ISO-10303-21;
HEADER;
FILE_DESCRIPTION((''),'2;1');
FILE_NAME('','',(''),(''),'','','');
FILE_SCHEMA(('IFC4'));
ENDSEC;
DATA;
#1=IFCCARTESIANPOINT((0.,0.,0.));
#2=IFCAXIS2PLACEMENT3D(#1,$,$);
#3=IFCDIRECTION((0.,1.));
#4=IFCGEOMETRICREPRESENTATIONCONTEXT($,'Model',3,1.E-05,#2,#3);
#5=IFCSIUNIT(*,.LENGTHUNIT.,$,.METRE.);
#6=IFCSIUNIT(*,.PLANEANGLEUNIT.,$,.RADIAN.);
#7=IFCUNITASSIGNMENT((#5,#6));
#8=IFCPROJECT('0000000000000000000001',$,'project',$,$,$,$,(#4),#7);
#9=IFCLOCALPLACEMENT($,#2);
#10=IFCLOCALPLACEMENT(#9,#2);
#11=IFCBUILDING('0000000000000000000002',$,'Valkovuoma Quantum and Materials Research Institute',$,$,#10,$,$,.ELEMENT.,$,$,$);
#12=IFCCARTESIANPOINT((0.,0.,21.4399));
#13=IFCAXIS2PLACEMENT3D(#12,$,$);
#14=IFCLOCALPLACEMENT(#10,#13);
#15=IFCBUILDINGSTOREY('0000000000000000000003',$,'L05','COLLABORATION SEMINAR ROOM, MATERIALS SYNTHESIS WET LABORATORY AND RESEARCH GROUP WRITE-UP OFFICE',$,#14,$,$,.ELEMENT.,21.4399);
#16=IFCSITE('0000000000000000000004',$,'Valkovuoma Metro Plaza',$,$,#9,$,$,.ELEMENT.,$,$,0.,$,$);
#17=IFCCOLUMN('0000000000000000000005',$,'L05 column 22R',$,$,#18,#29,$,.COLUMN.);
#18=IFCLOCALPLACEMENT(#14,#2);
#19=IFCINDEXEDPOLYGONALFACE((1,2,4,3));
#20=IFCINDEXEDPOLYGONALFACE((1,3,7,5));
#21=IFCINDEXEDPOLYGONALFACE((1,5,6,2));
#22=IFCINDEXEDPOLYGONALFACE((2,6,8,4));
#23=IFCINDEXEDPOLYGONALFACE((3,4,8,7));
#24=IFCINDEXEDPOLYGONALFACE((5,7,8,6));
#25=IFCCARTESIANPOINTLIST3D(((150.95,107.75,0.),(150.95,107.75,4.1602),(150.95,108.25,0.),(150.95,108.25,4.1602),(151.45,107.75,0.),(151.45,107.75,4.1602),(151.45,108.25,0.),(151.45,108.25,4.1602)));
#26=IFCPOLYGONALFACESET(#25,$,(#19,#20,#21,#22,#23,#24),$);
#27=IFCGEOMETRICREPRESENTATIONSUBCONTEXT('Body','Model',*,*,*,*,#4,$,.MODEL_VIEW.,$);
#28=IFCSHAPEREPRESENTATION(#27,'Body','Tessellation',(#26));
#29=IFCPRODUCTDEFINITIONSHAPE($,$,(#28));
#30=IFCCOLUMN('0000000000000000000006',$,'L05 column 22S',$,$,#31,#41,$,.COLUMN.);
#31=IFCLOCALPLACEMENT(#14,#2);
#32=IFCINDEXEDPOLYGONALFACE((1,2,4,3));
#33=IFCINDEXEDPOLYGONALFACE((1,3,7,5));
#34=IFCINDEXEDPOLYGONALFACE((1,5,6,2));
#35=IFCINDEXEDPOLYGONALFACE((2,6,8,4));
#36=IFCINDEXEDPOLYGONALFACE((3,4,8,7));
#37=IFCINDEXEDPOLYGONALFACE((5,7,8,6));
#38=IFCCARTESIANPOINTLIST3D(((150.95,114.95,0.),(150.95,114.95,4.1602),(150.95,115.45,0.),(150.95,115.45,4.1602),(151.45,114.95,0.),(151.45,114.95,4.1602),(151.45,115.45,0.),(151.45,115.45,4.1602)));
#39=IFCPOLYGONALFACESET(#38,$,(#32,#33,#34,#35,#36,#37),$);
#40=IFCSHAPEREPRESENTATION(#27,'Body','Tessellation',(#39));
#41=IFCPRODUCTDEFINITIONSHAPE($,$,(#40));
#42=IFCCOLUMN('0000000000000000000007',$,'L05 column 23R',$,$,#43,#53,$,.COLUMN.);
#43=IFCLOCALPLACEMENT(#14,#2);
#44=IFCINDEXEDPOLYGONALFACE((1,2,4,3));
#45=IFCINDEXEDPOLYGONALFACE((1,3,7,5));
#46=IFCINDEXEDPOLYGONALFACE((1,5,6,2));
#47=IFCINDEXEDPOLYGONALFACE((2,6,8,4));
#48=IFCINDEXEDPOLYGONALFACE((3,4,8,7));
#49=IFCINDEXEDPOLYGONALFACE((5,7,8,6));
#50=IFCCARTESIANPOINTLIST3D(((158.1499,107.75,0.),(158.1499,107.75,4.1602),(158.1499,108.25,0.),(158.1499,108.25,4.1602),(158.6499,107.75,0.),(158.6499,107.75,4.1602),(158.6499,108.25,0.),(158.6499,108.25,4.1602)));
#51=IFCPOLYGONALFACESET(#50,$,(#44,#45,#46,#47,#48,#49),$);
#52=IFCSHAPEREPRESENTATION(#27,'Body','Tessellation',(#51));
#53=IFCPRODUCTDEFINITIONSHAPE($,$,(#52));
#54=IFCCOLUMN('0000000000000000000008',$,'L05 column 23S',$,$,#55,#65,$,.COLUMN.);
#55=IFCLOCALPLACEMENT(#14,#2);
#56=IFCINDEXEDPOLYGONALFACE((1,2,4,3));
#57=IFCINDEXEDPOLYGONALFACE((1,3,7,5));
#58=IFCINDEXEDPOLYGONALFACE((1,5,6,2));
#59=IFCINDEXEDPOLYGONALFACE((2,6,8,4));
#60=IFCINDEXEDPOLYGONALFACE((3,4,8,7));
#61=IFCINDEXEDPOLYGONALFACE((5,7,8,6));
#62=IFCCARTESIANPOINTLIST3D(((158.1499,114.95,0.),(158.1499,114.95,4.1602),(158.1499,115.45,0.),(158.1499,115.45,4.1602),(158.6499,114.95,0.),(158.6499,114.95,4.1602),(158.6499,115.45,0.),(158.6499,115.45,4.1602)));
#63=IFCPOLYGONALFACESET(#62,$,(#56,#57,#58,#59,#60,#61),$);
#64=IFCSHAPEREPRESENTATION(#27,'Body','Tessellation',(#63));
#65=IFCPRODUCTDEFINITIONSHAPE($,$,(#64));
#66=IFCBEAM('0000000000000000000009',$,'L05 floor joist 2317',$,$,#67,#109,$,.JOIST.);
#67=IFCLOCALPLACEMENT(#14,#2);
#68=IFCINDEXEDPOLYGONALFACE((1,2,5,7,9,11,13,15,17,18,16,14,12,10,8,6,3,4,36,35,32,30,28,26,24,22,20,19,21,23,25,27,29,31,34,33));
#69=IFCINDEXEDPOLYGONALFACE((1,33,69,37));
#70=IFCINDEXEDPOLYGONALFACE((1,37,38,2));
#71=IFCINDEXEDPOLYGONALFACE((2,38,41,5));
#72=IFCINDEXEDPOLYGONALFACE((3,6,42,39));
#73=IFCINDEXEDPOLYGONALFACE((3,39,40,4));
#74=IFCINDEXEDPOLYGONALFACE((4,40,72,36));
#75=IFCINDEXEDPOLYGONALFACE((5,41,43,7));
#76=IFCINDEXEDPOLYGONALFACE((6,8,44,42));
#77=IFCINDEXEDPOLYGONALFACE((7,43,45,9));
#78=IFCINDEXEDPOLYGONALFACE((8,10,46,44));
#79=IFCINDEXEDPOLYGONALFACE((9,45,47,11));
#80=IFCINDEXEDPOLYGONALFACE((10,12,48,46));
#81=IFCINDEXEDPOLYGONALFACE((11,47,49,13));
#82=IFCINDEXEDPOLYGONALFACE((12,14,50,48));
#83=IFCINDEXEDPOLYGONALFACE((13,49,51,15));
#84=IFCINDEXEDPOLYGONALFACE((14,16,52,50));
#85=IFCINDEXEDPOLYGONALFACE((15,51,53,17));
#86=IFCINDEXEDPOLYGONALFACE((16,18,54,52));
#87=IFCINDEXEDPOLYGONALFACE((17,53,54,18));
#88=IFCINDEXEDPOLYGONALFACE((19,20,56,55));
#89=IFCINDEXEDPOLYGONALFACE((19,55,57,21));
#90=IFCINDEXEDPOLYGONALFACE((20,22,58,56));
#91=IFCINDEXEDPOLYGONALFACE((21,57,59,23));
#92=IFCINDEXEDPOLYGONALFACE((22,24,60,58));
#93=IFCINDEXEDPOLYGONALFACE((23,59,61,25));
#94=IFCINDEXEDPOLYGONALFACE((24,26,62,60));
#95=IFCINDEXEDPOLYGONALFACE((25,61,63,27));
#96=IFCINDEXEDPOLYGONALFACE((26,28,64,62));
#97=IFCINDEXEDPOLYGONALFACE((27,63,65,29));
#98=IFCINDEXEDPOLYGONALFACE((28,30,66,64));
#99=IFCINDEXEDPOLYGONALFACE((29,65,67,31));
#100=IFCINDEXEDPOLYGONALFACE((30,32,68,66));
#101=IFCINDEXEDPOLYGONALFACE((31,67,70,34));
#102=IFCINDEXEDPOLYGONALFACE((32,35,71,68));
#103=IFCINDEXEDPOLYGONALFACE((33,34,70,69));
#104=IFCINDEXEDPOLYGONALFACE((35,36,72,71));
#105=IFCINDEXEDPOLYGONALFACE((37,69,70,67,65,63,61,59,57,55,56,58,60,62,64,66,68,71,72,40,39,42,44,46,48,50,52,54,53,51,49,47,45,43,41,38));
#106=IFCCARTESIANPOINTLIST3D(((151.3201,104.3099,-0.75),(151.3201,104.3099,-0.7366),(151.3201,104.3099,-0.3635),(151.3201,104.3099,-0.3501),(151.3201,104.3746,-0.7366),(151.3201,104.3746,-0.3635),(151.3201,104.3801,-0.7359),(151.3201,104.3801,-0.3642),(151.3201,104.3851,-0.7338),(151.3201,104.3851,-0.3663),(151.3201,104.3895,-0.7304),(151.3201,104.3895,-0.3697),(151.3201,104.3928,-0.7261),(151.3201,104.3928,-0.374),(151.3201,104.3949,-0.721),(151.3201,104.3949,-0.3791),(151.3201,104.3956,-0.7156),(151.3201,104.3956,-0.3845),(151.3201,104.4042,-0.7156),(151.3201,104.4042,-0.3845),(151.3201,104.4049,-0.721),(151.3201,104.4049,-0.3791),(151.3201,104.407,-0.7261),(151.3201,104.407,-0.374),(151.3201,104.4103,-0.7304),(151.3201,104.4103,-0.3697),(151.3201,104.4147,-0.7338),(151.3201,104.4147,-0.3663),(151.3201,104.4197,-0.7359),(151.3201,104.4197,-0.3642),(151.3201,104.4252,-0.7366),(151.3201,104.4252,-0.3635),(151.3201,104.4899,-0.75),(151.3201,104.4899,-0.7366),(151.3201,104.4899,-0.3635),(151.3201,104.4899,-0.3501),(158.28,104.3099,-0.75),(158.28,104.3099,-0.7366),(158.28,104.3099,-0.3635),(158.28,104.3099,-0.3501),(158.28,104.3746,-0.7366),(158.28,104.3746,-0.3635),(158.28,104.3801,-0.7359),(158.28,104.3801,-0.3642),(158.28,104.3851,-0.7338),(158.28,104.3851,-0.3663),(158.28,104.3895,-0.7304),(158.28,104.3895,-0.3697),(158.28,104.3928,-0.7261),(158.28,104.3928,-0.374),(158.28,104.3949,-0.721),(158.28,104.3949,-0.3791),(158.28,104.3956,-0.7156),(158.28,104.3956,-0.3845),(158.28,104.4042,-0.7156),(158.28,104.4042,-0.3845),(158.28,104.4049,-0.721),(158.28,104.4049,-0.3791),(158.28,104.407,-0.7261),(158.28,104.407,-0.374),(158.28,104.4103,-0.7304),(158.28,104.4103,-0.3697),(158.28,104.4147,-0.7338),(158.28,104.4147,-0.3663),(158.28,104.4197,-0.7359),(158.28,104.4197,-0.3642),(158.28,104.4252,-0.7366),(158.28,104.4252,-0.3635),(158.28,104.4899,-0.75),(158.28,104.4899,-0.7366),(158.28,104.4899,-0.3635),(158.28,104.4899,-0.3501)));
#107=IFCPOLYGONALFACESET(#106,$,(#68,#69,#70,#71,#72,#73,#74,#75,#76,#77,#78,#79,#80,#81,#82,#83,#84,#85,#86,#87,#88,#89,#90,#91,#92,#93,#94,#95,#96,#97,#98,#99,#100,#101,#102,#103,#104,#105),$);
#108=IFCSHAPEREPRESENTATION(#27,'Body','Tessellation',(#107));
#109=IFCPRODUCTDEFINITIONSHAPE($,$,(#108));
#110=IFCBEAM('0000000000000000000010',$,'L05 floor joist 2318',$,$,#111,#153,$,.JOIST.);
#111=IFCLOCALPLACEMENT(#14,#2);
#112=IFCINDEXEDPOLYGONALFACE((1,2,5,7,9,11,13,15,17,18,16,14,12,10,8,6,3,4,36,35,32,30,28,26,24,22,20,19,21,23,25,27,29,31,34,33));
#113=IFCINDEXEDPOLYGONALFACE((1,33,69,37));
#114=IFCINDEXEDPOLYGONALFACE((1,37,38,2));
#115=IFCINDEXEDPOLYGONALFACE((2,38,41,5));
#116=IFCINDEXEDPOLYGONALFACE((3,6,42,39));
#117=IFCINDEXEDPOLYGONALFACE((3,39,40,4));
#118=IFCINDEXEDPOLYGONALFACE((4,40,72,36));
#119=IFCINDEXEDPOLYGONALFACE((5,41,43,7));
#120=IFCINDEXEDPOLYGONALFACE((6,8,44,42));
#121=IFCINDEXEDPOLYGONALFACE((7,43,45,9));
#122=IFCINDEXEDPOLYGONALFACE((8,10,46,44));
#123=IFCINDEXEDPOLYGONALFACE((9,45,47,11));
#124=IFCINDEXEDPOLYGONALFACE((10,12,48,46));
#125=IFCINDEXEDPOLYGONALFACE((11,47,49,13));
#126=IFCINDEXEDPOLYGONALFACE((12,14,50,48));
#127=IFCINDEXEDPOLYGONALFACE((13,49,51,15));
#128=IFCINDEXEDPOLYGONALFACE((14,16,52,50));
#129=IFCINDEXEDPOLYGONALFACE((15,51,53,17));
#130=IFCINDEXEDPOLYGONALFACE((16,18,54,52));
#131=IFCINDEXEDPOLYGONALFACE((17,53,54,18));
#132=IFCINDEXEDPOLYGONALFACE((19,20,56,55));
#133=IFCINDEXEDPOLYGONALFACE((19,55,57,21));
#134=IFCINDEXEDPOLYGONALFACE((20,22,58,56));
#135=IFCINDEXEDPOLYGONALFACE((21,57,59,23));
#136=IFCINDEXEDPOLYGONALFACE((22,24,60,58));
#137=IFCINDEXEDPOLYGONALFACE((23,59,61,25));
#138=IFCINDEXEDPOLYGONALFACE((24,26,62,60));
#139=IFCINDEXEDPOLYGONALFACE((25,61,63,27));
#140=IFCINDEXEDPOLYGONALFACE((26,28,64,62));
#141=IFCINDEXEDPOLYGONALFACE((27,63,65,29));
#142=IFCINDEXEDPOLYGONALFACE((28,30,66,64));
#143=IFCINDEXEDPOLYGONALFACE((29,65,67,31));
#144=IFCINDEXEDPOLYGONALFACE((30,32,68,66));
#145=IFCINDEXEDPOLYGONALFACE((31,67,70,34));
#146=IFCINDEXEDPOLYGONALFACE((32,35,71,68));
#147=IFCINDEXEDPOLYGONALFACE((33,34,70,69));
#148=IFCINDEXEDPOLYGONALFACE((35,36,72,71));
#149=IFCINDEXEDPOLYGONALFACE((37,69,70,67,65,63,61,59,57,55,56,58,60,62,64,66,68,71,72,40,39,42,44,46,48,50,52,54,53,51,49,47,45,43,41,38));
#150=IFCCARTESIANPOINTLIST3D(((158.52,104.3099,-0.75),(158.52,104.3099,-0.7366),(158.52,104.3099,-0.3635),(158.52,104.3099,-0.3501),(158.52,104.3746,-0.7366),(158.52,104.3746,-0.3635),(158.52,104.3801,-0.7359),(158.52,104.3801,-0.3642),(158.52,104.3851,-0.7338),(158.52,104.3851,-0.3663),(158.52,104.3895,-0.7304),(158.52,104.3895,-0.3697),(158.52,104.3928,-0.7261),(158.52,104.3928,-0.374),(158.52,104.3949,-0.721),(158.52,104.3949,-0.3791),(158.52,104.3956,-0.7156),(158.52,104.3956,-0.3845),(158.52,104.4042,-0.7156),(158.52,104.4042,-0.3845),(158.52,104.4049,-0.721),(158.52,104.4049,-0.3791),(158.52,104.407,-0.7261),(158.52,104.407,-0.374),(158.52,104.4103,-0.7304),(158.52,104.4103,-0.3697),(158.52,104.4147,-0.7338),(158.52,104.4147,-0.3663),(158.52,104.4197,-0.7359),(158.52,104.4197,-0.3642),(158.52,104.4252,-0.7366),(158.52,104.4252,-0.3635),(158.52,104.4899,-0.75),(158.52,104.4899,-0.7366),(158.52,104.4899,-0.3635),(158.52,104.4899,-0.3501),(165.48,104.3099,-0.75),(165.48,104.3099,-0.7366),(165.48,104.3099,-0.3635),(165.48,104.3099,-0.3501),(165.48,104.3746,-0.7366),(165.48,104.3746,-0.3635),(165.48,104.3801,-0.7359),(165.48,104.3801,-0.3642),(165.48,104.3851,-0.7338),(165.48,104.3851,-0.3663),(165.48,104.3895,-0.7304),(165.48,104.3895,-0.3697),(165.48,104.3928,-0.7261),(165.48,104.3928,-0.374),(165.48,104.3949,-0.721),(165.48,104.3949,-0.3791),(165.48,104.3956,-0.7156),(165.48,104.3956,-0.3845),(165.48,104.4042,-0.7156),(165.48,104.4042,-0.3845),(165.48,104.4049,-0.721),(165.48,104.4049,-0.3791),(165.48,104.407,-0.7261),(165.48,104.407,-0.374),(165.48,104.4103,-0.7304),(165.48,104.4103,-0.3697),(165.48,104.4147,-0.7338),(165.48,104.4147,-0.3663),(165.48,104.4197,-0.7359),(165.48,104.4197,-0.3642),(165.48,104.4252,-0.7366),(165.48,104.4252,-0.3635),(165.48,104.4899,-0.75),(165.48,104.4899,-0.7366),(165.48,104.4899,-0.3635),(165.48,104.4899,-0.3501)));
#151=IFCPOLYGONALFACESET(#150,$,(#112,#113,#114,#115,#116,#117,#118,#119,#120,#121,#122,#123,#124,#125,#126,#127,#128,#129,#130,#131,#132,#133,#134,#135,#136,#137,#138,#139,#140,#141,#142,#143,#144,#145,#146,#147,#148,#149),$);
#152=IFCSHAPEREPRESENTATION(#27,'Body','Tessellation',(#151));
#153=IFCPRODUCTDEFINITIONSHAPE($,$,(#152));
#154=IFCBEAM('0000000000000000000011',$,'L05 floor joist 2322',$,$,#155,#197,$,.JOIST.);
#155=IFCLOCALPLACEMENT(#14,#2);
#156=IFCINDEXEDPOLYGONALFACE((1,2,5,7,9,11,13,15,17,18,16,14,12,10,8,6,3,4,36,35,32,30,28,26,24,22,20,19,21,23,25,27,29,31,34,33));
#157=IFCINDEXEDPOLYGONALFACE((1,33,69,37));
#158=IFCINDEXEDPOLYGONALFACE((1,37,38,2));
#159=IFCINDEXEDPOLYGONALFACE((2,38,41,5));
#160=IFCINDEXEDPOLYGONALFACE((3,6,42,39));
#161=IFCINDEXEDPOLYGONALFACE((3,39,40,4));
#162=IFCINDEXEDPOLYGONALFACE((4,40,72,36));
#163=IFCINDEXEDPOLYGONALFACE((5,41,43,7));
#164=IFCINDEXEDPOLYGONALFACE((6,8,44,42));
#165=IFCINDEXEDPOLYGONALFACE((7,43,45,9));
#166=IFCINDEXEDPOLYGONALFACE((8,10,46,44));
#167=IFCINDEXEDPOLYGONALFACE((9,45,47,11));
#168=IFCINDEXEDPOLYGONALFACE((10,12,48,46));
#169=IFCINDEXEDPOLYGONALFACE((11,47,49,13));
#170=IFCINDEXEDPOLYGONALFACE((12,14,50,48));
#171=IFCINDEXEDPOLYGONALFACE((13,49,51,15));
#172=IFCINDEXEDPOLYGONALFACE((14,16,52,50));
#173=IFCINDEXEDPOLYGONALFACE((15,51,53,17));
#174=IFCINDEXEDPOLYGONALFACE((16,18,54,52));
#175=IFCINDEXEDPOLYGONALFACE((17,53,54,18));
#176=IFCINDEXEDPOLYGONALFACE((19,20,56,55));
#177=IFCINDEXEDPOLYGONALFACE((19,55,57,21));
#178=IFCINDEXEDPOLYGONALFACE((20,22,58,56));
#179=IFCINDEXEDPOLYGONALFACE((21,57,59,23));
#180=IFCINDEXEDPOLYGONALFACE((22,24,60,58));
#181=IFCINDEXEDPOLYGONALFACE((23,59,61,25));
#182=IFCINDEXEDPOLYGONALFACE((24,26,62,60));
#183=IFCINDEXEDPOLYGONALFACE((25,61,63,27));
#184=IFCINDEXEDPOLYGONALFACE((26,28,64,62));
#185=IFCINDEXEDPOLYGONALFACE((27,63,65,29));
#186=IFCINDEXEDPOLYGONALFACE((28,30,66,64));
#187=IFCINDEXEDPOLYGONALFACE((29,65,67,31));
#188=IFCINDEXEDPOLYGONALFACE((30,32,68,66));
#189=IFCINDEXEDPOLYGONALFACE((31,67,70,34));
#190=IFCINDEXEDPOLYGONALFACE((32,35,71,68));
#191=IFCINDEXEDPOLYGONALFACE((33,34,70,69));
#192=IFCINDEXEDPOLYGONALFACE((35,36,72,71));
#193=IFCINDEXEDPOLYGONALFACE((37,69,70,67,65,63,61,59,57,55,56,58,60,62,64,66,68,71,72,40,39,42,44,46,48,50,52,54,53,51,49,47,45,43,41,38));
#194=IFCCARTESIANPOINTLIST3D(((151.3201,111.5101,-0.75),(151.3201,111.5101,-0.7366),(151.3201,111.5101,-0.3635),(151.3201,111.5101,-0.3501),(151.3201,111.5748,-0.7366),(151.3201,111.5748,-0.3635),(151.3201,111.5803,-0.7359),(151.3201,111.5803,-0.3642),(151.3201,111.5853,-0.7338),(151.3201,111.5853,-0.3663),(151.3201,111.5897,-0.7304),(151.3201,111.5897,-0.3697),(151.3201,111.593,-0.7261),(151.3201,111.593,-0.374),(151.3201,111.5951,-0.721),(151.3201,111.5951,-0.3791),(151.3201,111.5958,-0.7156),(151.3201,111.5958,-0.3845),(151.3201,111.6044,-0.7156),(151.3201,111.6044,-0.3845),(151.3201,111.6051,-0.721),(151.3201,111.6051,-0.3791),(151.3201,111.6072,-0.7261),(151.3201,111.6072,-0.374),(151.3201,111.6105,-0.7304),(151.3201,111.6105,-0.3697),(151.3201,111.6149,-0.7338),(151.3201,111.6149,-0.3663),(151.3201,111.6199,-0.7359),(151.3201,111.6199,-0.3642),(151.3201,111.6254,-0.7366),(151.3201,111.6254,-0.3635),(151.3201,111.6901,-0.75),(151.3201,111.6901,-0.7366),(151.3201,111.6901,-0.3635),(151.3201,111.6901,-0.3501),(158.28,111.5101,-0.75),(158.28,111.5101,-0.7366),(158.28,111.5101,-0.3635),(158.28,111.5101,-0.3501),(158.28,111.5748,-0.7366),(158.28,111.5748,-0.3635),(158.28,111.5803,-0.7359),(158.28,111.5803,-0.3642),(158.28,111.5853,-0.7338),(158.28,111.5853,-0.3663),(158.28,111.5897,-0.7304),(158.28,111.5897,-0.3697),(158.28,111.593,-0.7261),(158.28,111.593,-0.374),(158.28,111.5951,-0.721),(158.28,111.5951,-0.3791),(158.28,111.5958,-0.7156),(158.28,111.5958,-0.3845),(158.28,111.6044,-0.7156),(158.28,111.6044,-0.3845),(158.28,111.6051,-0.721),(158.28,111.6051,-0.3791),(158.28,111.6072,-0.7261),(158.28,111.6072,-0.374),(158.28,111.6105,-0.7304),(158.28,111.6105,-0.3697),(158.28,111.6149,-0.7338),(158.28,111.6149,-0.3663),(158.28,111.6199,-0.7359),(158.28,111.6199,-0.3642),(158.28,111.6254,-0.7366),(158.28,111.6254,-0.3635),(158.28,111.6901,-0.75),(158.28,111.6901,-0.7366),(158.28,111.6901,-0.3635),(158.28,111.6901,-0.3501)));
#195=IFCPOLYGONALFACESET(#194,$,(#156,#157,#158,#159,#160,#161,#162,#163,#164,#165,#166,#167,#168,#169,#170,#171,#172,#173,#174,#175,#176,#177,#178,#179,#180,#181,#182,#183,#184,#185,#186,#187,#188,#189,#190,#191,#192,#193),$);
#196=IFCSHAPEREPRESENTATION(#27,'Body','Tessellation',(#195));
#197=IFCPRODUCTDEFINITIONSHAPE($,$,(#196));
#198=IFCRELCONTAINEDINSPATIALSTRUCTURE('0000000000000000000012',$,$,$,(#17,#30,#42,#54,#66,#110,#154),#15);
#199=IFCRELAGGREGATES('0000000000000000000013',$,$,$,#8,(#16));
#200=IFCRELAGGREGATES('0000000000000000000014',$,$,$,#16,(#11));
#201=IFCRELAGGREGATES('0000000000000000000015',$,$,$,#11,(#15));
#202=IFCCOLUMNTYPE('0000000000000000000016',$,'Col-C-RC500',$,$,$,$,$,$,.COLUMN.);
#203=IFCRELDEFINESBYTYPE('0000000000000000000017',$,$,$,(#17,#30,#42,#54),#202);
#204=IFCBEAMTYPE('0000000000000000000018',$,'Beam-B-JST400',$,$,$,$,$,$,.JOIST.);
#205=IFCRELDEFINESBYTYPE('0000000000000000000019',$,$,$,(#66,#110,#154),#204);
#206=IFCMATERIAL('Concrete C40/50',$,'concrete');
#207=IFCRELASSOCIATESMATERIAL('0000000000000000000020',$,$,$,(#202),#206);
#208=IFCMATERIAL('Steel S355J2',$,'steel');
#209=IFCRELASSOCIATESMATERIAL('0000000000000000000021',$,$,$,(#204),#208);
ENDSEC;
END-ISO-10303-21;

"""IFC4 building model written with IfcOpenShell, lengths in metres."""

from ifc_helpers import new_model, si_unit, direction, frame, origin, origin_2d, place, context, subcontext, project, spatial, rectangle, i_section, extrude, material, material_profile, profile_set, type_object, element, save


model = new_model("IFC4")

# Units and contexts
model_context = context("Model", 3, precision=1e-05, world=origin(), true_north=direction((0.0, 1.0)))
body_context = subcontext(model_context, "Body", "Model", "MODEL_VIEW")
ifc_project = project(units=[si_unit("LENGTHUNIT", "METRE"), si_unit("PLANEANGLEUNIT", "RADIAN")], contexts=[model_context])

# Site, building, storey
site_placement = place(None, origin())
site = spatial("IfcSite", under=ifc_project, at=site_placement, Name="Valkovuoma Metro Plaza", CompositionType="ELEMENT", RefElevation=0.0)
building_placement = place(site_placement, origin())
building = spatial("IfcBuilding", under=site, at=building_placement, Name="Valkovuoma Quantum and Materials Research Institute", CompositionType="ELEMENT")
storey_placement = place(building_placement, frame((0.0, 0.0, 21.4399)))
storey = spatial("IfcBuildingStorey", under=building, at=storey_placement, Name="L05", Description="COLLABORATION SEMINAR ROOM, MATERIALS SYNTHESIS WET LABORATORY AND RESEARCH GROUP WRITE-UP OFFICE", CompositionType="ELEMENT", Elevation=21.4399)

# Columns
ifc_material_1 = material(Name="Concrete C40/50", Category="concrete")
ifc_material_profile_1 = material_profile(ifc_material_1, rectangle(XDim=0.5, YDim=0.5, at=origin_2d()), Name="Concrete C40/50")
ifc_profile_set_1 = profile_set([ifc_material_profile_1], Name="Concrete C40/50")
column_type = type_object("IfcColumnType", Name="Col-C-RC500", PredefinedType="COLUMN", material=ifc_profile_set_1)
for number, where, z_axis, x_axis, name in (
    (1, (151.2, 108.0, 0.0), (0.0, 0.0, 1.0), (1.0, 0.0, 0.0), "L05 column 22R"),
    (2, (151.2, 115.2, 0.0), (0.0, 0.0, 1.0), (1.0, 0.0, 0.0), "L05 column 22S"),
    (3, (158.3999, 108.0, 0.0), (0.0, 0.0, 1.0), (1.0, 0.0, 0.0), "L05 column 23R"),
    (4, (158.3999, 115.2, 0.0), (0.0, 0.0, 1.0), (1.0, 0.0, 0.0), "L05 column 23S"),
):
    element("IfcColumn", number, at=place(storey_placement, frame(where, z_axis=z_axis, x_axis=x_axis)), inside=storey, type_object=column_type, Name=name, PredefinedType="COLUMN", context=body_context, shape_type="SweptSolid", body=[
        extrude(rectangle(XDim=0.5, YDim=0.5, at=origin_2d()), origin(), (0.0, 0.0, 1.0), 4.1602),
    ])

# Beams
ifc_material_2 = material(Name="Steel S355J2", Category="steel")
ifc_material_profile_2 = material_profile(ifc_material_2, i_section(OverallWidth=0.1799, OverallDepth=0.3999, WebThickness=0.0085, FlangeThickness=0.0134, FilletRadius=0.021, at=origin_2d()), Name="Steel S355J2")
ifc_profile_set_2 = profile_set([ifc_material_profile_2], Name="Steel S355J2")
beam_type_1 = type_object("IfcBeamType", Name="Beam-B-JST400", PredefinedType="JOIST", material=ifc_profile_set_2)
for number, where, z_axis, x_axis, name in (
    (5, (151.3201, 104.3999, -0.55), (1.0, 0.0, 0.0), (0.0, 1.0, 0.0), "L05 floor joist 2317"),
    (6, (158.52, 104.3999, -0.55), (1.0, 0.0, 0.0), (0.0, 1.0, 0.0), "L05 floor joist 2318"),
    (7, (151.3201, 111.6001, -0.55), (1.0, 0.0, 0.0), (0.0, 1.0, 0.0), "L05 floor joist 2322"),
):
    element("IfcBeam", number, at=place(storey_placement, frame(where, z_axis=z_axis, x_axis=x_axis)), inside=storey, type_object=beam_type_1, Name=name, PredefinedType="JOIST", context=body_context, shape_type="SweptSolid", body=[
        extrude(i_section(OverallWidth=0.1799, OverallDepth=0.3999, WebThickness=0.0085, FlangeThickness=0.0134, FilletRadius=0.021, at=origin_2d()), origin(), (0.0, 0.0, 1.0), 6.96),
    ])

save(model, "model.ifc")
